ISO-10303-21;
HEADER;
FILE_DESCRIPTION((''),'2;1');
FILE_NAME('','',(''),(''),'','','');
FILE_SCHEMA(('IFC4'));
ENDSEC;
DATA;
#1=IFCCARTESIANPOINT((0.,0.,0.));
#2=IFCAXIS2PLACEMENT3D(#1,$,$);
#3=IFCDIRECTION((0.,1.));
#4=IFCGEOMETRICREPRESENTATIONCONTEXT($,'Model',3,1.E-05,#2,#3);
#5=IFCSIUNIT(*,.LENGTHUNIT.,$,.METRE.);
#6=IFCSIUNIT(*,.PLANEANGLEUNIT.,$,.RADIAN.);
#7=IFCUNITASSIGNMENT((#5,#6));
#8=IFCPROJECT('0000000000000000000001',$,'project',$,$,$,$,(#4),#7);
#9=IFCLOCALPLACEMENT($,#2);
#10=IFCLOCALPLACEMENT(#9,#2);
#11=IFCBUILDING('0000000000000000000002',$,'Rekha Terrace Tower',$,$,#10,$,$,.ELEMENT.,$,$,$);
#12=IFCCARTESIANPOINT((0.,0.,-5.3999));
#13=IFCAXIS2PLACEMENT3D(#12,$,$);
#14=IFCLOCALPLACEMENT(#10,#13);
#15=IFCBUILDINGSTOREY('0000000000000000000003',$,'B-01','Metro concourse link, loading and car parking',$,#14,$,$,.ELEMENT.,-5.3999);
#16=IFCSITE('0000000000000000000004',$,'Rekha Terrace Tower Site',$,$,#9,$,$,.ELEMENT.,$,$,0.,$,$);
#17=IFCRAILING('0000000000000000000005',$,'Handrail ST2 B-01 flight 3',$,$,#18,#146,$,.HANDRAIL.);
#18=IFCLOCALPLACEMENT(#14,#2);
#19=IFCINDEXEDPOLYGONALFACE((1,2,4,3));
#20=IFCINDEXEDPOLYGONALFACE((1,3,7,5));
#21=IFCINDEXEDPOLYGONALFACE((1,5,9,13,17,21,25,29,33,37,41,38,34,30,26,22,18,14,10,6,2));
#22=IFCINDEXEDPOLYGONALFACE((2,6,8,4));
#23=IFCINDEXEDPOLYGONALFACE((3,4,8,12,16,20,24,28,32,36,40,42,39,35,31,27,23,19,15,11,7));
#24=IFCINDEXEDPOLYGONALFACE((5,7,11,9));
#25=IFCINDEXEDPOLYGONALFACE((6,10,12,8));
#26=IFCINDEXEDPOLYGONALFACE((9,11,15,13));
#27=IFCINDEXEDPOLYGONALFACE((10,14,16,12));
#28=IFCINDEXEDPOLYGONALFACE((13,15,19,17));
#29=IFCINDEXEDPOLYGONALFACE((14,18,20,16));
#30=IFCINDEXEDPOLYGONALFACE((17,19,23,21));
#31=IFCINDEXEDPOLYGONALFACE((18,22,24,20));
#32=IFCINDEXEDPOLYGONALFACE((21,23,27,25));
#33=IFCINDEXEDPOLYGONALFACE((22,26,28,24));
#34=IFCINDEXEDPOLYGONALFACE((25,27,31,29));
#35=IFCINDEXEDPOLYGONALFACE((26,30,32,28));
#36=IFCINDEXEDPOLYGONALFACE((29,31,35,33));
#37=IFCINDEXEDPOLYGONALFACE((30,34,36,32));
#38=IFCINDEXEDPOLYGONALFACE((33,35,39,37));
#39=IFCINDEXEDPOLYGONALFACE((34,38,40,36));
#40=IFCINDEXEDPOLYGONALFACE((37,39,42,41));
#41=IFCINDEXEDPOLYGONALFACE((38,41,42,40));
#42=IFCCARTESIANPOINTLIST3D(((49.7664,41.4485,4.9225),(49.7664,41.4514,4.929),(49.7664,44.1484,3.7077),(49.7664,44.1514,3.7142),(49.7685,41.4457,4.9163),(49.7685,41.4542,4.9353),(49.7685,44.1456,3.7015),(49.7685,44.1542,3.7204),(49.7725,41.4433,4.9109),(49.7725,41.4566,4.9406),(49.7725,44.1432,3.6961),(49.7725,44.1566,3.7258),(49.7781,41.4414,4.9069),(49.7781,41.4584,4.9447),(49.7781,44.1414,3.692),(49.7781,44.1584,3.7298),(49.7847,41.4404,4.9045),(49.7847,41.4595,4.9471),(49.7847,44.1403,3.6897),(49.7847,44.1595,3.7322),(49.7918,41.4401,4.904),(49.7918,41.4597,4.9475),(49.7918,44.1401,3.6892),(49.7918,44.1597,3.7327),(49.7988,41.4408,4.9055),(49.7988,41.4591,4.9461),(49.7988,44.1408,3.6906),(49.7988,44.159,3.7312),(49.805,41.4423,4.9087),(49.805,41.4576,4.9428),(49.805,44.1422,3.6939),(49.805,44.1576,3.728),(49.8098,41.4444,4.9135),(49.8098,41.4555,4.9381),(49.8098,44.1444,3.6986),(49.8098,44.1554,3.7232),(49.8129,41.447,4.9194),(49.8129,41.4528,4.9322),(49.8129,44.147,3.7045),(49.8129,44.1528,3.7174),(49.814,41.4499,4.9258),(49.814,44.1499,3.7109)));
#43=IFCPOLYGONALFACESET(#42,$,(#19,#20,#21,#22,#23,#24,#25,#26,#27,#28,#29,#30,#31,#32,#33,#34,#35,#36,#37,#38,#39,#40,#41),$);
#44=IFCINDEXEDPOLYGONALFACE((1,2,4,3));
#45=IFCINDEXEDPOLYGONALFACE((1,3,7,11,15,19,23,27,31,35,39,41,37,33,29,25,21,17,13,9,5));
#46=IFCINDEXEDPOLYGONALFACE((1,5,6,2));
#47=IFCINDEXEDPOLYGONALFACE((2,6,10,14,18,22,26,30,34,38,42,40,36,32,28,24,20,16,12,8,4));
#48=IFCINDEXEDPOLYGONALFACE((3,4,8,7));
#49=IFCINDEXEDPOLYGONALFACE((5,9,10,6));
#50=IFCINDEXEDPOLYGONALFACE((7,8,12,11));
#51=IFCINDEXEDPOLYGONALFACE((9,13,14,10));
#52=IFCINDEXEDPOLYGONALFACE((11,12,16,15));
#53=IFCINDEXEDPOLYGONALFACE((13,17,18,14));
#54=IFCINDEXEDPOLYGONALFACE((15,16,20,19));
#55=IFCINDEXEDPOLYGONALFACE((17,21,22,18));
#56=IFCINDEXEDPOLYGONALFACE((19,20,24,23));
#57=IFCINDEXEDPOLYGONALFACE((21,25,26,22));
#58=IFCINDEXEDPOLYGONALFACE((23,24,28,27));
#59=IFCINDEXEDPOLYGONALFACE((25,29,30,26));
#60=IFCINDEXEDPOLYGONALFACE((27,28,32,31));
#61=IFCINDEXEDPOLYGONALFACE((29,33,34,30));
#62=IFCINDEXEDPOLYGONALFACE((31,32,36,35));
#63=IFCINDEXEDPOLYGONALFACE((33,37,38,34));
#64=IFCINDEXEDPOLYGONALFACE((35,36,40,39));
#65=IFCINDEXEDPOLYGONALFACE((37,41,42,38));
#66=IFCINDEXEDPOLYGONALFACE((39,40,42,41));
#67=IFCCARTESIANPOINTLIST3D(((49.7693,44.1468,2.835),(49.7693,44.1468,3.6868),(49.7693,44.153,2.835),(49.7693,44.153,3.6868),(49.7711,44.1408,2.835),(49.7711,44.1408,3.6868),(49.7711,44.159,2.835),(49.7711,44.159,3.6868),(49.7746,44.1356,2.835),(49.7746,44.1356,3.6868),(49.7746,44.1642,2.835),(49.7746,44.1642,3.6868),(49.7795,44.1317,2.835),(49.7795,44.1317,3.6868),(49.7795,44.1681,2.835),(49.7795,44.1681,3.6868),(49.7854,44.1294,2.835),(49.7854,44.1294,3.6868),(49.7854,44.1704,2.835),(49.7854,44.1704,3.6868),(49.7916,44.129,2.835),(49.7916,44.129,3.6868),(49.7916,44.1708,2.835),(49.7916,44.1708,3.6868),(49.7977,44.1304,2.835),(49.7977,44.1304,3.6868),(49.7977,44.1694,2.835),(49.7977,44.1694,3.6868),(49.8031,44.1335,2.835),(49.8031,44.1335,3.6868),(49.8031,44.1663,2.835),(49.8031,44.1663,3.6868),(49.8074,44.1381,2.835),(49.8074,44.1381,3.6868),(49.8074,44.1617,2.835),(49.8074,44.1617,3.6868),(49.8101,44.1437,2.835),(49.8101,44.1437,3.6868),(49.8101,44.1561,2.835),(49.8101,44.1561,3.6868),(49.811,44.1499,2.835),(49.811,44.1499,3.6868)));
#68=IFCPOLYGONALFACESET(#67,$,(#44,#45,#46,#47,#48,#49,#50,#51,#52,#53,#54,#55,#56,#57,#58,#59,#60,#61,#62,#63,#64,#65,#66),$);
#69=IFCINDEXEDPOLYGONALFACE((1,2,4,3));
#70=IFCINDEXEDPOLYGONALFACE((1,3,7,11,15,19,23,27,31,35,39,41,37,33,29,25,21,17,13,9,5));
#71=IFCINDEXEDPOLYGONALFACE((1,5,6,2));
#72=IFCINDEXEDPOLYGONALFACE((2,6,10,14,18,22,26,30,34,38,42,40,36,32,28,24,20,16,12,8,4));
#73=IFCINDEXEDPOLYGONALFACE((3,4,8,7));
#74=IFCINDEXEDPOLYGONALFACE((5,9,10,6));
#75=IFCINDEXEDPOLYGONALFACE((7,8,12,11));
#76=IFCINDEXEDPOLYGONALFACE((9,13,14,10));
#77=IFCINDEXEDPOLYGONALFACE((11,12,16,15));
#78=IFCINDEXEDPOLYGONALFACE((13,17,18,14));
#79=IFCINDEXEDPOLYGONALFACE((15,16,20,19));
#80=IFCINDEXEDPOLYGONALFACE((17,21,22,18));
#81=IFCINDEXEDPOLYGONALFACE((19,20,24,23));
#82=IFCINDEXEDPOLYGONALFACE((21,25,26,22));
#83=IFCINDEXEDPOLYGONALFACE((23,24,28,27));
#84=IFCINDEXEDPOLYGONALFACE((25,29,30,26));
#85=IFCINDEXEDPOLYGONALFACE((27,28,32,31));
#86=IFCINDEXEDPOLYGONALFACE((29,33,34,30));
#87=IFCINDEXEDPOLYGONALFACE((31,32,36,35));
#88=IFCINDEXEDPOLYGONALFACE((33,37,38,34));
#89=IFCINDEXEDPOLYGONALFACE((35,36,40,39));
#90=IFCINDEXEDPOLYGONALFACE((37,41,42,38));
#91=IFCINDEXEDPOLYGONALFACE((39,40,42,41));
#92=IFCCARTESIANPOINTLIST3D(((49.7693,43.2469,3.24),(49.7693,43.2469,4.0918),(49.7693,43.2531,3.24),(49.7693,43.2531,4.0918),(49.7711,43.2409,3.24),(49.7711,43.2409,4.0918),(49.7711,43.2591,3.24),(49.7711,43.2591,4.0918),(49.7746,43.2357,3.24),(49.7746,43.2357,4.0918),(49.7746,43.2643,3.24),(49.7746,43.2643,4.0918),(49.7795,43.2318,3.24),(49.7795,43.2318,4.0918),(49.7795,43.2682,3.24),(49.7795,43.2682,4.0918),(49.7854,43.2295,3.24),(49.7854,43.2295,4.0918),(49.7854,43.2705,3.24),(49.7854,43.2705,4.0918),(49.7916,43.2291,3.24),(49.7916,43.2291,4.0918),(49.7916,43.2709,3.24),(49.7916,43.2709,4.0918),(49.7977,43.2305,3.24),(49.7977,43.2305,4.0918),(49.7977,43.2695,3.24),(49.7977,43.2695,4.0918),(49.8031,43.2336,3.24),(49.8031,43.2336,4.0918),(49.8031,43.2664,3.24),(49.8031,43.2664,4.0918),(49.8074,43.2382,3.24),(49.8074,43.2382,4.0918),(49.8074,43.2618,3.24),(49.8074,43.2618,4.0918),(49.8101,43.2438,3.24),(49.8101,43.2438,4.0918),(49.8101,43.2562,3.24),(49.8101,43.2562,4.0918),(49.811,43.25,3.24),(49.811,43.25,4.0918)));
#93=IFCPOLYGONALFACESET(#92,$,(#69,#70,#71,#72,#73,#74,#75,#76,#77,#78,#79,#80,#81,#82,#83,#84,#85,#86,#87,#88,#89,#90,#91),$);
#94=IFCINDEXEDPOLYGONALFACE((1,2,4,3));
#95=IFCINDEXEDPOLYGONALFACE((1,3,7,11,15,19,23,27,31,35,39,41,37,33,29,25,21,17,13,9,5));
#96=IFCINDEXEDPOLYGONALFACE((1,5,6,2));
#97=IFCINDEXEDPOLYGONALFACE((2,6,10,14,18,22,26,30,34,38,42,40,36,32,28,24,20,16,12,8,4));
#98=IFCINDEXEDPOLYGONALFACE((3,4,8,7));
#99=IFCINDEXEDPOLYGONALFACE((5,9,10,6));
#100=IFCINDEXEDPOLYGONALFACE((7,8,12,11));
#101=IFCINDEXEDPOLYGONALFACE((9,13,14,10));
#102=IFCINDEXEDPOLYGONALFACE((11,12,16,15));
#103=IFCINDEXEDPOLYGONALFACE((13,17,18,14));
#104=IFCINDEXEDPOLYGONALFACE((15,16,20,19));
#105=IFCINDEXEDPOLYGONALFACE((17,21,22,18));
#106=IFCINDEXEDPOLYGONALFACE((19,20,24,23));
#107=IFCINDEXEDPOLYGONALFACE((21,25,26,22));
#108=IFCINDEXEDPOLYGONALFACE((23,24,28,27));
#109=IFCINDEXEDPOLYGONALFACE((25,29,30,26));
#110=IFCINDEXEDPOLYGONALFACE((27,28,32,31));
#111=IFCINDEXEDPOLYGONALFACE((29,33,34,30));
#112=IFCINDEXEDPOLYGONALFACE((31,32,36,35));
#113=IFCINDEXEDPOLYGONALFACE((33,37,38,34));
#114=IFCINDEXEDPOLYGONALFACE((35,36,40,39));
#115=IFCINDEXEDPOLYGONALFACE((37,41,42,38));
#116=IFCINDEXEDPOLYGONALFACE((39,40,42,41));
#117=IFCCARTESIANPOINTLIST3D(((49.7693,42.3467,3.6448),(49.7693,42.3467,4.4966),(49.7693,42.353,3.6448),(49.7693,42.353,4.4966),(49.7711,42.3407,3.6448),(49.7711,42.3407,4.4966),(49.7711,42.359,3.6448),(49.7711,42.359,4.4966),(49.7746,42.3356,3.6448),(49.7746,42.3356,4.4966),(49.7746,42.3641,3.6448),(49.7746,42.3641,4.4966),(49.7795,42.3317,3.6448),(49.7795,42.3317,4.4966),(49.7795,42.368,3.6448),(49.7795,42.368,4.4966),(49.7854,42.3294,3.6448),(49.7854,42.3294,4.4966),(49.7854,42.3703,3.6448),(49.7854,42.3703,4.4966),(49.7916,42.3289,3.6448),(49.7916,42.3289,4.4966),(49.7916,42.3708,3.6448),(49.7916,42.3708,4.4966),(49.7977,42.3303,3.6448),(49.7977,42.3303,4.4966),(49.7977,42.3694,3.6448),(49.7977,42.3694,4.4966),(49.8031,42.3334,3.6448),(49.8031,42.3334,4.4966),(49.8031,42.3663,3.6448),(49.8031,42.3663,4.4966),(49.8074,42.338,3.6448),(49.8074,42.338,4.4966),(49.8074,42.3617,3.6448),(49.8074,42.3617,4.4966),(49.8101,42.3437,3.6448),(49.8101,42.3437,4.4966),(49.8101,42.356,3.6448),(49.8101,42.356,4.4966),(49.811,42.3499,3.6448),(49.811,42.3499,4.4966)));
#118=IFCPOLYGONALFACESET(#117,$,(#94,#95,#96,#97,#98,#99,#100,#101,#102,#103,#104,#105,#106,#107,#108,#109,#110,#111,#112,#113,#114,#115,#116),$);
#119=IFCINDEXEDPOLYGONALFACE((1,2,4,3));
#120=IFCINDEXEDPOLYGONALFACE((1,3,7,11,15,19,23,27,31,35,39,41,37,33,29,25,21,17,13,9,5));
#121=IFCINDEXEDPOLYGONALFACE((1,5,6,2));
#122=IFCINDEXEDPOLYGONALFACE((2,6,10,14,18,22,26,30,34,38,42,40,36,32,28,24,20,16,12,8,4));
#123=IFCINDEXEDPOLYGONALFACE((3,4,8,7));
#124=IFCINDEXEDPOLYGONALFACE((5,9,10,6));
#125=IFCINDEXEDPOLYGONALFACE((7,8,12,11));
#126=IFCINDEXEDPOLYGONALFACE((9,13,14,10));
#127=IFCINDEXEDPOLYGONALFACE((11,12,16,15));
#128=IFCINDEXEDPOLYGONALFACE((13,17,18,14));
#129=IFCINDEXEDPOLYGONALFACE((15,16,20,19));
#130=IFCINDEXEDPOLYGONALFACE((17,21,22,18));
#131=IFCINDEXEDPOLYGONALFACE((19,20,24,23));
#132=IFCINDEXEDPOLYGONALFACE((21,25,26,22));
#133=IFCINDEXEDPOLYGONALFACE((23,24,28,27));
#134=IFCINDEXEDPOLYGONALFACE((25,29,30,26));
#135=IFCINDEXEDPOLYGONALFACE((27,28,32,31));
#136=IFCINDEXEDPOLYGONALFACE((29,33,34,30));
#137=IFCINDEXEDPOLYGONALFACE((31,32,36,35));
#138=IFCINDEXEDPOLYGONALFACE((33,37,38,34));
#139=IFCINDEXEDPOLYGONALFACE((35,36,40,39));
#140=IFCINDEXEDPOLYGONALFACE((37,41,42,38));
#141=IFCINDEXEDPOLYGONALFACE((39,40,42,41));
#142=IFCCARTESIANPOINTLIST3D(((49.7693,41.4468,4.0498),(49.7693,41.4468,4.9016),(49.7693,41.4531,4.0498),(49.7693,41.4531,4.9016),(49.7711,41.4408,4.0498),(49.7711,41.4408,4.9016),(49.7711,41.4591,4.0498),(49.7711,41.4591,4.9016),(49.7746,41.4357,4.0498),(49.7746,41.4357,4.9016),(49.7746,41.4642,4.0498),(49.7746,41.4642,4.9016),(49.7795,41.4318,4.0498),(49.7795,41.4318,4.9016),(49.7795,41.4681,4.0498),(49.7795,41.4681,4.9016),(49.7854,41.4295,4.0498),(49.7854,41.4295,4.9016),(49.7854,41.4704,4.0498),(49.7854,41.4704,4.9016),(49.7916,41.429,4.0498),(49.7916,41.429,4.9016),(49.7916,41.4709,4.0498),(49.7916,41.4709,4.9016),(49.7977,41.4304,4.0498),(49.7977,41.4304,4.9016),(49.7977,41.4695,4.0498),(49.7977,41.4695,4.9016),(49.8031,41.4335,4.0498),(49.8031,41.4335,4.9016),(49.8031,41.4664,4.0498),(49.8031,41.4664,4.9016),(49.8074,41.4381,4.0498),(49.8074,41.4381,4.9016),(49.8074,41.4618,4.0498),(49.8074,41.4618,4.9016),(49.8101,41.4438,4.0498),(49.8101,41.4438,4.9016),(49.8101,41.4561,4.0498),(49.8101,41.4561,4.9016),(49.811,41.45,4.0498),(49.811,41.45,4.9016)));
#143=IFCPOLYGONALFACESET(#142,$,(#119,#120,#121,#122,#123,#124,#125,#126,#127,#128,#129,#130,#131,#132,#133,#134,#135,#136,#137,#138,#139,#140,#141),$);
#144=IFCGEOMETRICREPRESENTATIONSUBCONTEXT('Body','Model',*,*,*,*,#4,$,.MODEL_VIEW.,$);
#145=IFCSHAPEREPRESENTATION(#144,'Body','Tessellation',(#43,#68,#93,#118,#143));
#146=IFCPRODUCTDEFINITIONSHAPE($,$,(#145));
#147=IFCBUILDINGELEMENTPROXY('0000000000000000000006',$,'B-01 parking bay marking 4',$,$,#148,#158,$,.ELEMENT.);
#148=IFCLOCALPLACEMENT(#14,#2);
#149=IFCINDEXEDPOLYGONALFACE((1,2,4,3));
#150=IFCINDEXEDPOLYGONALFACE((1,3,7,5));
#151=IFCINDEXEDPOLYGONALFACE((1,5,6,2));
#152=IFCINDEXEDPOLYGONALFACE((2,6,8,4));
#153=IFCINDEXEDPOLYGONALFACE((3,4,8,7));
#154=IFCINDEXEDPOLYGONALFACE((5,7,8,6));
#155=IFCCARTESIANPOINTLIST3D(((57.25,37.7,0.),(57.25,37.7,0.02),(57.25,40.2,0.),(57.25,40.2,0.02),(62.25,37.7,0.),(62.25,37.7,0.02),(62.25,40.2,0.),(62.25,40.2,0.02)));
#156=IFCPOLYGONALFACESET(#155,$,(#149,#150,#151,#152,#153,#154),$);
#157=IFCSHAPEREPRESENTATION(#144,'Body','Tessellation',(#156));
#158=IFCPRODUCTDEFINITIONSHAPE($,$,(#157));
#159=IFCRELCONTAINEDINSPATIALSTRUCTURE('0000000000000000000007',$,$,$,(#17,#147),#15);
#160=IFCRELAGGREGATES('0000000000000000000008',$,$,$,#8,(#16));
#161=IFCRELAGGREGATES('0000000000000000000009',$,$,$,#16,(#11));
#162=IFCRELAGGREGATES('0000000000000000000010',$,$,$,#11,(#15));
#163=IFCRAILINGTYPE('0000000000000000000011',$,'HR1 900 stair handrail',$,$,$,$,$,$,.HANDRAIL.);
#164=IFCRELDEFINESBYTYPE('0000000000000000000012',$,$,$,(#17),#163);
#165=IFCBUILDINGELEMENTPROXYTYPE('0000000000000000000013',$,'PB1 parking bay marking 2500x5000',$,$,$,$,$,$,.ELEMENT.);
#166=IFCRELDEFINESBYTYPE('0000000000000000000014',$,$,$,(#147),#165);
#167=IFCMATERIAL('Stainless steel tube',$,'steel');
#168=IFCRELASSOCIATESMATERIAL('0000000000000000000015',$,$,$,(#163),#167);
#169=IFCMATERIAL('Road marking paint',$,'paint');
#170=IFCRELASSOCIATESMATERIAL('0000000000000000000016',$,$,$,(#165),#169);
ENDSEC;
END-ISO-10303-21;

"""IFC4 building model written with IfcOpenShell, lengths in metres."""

from ifc_helpers import new_model, si_unit, direction, frame, origin, origin_2d, place, context, subcontext, project, spatial, rectangle, circle, extrude, material, type_object, element, save


model = new_model("IFC4")

# Units and contexts
model_context = context("Model", 3, precision=1e-05, world=origin(), true_north=direction((0.0, 1.0)))
body_context = subcontext(model_context, "Body", "Model", "MODEL_VIEW")
ifc_project = project(units=[si_unit("LENGTHUNIT", "METRE"), si_unit("PLANEANGLEUNIT", "RADIAN")], contexts=[model_context])

# Site, building, storey
site_placement = place(None, origin())
site = spatial("IfcSite", under=ifc_project, at=site_placement, Name="Rekha Terrace Tower Site", CompositionType="ELEMENT", RefElevation=0.0)
building_placement = place(site_placement, origin())
building = spatial("IfcBuilding", under=site, at=building_placement, Name="Rekha Terrace Tower", CompositionType="ELEMENT")
storey_placement = place(building_placement, frame((0.0, 0.0, -5.3999)))
storey = spatial("IfcBuildingStorey", under=building, at=storey_placement, Name="B-01", Description="Metro concourse link, loading and car parking", CompositionType="ELEMENT", Elevation=-5.3999)

# Railing
ifc_material_1 = material(Name="Stainless steel tube", Category="steel")
railing_type = type_object("IfcRailingType", Name="HR1 900 stair handrail", PredefinedType="HANDRAIL", material=ifc_material_1)
railing_placement = place(storey_placement, frame((49.79, 44.1499, 2.835)))
element("IfcRailing", 1, at=railing_placement, inside=storey, type_object=railing_type, Name="Handrail ST2 B-01 flight 3", PredefinedType="HANDRAIL", context=body_context, shape_type="SweptSolid", body=[
    extrude(circle(Radius=0.0239, at=origin_2d()), frame((0.0, 0.0, 0.876), z_axis=(0.0, -0.911938, 0.410327), x_axis=(1.0, 0.0, 0.0)), (0.0, 0.0, 1.0), 2.9607),
    extrude(circle(Radius=0.021, at=origin_2d()), origin(), (0.0, 0.0, 1.0), 0.8518),
    extrude(circle(Radius=0.021, at=origin_2d()), frame((0.0, -0.8999, 0.405)), (0.0, 0.0, 1.0), 0.8518),
    extrude(circle(Radius=0.021, at=origin_2d()), frame((0.0, -1.8, 0.8098)), (0.0, 0.0, 1.0), 0.8518),
    extrude(circle(Radius=0.021, at=origin_2d()), frame((0.0, -2.7, 1.2148)), (0.0, 0.0, 1.0), 0.8518),
])

# Building element proxy
ifc_material_2 = material(Name="Road marking paint", Category="paint")
building_element_proxy_type = type_object("IfcBuildingElementProxyType", Name="PB1 parking bay marking 2500x5000", PredefinedType="ELEMENT", material=ifc_material_2)
proxy_placement = place(storey_placement, frame((59.75, 38.95, 0.0), z_axis=(0.0, 0.0, 1.0), x_axis=(1.0, 0.0, 0.0)))
element("IfcBuildingElementProxy", 2, at=proxy_placement, inside=storey, type_object=building_element_proxy_type, Name="B-01 parking bay marking 4", PredefinedType="ELEMENT", context=body_context, shape_type="SweptSolid", body=[
    extrude(rectangle(XDim=5.0, YDim=2.5, at=origin_2d()), origin(), (0.0, 0.0, 1.0), 0.02),
])

save(model, "model.ifc")
